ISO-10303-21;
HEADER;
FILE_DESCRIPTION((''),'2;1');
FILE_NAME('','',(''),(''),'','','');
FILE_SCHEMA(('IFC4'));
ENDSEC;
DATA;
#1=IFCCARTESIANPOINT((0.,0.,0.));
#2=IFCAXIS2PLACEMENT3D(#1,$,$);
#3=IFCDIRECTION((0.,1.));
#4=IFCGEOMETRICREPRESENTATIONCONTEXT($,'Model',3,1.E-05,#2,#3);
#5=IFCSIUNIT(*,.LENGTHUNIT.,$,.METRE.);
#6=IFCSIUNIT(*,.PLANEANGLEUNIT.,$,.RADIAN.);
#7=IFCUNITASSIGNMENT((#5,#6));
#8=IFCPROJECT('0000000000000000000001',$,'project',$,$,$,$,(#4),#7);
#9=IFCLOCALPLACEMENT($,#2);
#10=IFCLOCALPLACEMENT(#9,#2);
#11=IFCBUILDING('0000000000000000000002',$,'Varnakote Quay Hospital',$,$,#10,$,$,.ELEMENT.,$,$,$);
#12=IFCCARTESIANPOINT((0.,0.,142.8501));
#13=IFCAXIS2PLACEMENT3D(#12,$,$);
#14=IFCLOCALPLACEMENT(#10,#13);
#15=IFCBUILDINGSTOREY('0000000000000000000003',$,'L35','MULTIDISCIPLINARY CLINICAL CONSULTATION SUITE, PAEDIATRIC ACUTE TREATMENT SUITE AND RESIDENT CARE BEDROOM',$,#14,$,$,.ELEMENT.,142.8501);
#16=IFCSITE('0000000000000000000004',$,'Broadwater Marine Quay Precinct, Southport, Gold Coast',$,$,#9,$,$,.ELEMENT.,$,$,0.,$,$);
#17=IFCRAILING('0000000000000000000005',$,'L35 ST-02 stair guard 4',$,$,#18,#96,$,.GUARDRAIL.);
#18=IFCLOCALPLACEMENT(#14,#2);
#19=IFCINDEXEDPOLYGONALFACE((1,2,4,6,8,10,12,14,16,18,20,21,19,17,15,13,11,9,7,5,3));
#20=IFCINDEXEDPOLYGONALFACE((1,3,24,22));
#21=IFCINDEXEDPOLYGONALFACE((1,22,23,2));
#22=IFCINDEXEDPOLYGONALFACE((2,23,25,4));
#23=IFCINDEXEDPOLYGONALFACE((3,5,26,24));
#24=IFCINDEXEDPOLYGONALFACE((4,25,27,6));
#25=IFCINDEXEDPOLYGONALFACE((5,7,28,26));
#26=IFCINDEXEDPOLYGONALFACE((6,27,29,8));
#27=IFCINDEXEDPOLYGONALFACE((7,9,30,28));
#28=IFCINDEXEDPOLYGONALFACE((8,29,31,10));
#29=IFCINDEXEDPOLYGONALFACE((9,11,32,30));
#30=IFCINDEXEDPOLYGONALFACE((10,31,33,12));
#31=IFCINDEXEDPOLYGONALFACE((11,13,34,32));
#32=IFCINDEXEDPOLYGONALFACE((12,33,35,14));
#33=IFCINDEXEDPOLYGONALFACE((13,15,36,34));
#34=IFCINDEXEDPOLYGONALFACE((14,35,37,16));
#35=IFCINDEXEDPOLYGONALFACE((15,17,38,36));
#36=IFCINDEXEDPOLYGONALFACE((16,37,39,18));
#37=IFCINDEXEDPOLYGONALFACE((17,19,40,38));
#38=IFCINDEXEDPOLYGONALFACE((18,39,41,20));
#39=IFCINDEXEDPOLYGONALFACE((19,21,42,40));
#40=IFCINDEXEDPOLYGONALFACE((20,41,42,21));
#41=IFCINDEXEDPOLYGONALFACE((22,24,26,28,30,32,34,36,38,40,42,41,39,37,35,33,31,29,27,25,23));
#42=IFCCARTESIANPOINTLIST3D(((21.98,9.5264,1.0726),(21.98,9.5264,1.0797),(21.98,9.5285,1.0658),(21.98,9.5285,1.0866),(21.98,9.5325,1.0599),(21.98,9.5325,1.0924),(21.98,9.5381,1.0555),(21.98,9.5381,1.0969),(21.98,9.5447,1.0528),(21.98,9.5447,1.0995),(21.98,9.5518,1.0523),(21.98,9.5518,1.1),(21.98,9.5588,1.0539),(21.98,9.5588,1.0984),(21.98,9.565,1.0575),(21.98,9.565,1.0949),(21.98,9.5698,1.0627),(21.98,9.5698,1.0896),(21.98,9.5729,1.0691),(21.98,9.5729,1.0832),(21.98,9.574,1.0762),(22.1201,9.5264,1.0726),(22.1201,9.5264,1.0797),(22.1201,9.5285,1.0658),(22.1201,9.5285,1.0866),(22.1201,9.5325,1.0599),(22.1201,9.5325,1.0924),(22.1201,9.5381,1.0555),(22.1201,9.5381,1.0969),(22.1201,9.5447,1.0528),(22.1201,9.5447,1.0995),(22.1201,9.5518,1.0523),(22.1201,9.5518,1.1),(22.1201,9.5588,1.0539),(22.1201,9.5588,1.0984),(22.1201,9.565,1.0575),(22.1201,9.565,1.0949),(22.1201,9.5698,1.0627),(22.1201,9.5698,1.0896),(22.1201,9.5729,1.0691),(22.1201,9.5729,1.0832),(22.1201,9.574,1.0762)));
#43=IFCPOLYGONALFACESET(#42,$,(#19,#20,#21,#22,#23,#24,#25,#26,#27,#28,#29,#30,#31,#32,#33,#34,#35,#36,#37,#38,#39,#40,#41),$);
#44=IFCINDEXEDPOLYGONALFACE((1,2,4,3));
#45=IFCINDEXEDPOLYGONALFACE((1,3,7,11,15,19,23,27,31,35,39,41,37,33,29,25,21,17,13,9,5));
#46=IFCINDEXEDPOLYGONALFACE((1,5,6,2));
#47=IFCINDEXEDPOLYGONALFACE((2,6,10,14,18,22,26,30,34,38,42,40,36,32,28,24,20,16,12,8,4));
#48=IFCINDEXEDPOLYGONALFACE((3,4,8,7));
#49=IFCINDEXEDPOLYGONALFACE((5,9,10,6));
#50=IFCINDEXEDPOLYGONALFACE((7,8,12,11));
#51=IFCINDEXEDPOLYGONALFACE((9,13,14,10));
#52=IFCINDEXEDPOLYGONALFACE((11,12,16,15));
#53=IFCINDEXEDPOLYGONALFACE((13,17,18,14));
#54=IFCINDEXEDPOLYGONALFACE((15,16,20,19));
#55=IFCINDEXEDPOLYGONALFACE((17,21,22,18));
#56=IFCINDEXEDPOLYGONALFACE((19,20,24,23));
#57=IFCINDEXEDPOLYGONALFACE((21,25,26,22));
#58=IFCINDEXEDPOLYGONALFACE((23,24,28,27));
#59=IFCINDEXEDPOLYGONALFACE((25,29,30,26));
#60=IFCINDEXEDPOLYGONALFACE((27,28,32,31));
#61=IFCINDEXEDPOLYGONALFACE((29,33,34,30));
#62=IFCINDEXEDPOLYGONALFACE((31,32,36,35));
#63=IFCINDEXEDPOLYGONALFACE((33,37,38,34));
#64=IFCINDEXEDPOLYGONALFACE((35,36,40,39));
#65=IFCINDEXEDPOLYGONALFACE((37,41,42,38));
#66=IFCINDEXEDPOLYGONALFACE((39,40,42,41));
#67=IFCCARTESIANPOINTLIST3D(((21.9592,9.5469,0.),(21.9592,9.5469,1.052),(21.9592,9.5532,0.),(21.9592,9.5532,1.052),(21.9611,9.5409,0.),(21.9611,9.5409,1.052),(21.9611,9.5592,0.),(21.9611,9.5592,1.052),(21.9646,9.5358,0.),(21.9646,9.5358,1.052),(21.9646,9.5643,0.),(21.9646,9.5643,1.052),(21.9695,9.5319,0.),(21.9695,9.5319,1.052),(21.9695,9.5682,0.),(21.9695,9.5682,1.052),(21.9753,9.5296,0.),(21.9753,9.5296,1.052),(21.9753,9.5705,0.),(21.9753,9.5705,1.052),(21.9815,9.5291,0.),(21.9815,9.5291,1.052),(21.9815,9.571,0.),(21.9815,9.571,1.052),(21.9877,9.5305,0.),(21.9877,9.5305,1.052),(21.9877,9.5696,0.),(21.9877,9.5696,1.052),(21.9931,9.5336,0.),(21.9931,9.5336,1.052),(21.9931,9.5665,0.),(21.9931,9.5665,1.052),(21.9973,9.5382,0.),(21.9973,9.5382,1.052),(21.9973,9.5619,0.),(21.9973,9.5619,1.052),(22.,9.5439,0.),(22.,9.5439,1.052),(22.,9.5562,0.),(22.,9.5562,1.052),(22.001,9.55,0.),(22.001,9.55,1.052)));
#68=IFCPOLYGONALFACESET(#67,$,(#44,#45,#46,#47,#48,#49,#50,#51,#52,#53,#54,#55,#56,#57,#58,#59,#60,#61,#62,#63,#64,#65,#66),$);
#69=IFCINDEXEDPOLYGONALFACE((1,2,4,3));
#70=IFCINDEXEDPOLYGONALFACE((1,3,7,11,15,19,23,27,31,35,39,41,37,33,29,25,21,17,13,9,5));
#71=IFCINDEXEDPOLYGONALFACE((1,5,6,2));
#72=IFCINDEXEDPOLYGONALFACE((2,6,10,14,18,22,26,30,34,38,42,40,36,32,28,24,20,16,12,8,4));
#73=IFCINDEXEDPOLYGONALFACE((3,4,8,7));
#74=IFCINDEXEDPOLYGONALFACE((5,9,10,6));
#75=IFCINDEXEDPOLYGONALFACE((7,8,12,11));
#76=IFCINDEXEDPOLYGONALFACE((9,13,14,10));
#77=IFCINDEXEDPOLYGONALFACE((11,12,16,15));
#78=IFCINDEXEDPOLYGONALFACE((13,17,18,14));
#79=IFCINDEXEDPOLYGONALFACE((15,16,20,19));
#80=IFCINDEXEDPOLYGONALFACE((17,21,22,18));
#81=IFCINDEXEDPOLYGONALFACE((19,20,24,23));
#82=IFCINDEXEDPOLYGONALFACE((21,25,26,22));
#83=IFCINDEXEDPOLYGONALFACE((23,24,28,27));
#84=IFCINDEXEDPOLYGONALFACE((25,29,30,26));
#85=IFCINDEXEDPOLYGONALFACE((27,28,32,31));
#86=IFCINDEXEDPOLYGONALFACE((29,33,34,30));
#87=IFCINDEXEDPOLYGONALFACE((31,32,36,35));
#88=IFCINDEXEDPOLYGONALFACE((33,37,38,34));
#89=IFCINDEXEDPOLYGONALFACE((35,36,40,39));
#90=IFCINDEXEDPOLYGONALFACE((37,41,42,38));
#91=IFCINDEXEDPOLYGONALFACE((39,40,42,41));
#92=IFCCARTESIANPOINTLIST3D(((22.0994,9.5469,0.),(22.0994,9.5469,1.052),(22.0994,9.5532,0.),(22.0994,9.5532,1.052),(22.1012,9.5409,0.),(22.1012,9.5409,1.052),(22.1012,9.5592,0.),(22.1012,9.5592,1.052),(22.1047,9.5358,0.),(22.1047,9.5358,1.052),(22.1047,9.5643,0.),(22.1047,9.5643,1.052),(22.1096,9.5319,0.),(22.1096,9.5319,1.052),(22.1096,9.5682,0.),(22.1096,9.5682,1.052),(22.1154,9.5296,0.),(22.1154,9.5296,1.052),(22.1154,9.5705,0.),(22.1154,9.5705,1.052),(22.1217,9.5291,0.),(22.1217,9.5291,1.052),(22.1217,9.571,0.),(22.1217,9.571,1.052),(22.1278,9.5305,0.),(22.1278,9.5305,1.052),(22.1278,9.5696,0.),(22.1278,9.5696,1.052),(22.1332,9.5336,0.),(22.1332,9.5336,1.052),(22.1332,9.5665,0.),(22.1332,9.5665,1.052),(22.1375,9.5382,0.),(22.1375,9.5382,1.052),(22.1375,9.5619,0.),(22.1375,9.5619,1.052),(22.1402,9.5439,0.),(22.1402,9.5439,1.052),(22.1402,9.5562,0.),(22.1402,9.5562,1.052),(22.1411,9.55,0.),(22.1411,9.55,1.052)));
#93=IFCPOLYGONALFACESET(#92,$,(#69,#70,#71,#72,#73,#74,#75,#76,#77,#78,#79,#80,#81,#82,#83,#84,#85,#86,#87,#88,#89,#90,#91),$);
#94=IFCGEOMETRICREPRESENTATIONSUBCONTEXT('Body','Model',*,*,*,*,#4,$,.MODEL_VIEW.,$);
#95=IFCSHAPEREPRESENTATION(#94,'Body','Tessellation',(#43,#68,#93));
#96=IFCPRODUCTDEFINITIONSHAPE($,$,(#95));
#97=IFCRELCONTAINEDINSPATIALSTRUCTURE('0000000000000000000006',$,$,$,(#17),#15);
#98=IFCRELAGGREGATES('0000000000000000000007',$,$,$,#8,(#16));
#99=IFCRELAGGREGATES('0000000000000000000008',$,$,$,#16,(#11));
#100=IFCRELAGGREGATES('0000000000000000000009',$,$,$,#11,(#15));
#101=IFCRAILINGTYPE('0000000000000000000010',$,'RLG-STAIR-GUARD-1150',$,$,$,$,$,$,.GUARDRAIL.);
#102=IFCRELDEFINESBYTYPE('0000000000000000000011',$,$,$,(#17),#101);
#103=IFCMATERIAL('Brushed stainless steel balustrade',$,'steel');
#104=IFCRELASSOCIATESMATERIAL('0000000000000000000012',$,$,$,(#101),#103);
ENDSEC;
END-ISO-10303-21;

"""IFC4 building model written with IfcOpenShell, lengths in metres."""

from ifc_helpers import new_model, si_unit, direction, frame, origin, origin_2d, place, context, subcontext, project, spatial, circle, extrude, material, type_object, element, save


model = new_model("IFC4")

# Units and contexts
model_context = context("Model", 3, precision=1e-05, world=origin(), true_north=direction((0.0, 1.0)))
body_context = subcontext(model_context, "Body", "Model", "MODEL_VIEW")
ifc_project = project(units=[si_unit("LENGTHUNIT", "METRE"), si_unit("PLANEANGLEUNIT", "RADIAN")], contexts=[model_context])

# Site, building, storey
site_placement = place(None, origin())
site = spatial("IfcSite", under=ifc_project, at=site_placement, Name="Broadwater Marine Quay Precinct, Southport, Gold Coast", CompositionType="ELEMENT", RefElevation=0.0)
building_placement = place(site_placement, origin())
building = spatial("IfcBuilding", under=site, at=building_placement, Name="Varnakote Quay Hospital", CompositionType="ELEMENT")
storey_placement = place(building_placement, frame((0.0, 0.0, 142.8501)))
storey = spatial("IfcBuildingStorey", under=building, at=storey_placement, Name="L35", Description="MULTIDISCIPLINARY CLINICAL CONSULTATION SUITE, PAEDIATRIC ACUTE TREATMENT SUITE AND RESIDENT CARE BEDROOM", CompositionType="ELEMENT", Elevation=142.8501)

# Railing
ifc_material_1 = material(Name="Brushed stainless steel balustrade", Category="steel")
railing_type_1 = type_object("IfcRailingType", Name="RLG-STAIR-GUARD-1150", PredefinedType="GUARDRAIL", material=ifc_material_1)
railing_1_placement = place(storey_placement, frame((21.98, 9.55, 0.0)))
element("IfcRailing", 1, at=railing_1_placement, inside=storey, type_object=railing_type_1, Name="L35 ST-02 stair guard 4", PredefinedType="GUARDRAIL", context=body_context, shape_type="SweptSolid", body=[
    extrude(circle(Radius=0.0239, at=origin_2d()), frame((0.0, 0.0, 1.0762), z_axis=(1.0, 0.0, 0.0), x_axis=(0.0, 1.0, 0.0)), (0.0, 0.0, 1.0), 0.1401),
    extrude(circle(Radius=0.021, at=origin_2d()), origin(), (0.0, 0.0, 1.0), 1.052),
    extrude(circle(Radius=0.021, at=origin_2d()), frame((0.1401, 0.0, 0.0)), (0.0, 0.0, 1.0), 1.052),
])

save(model, "model.ifc")
